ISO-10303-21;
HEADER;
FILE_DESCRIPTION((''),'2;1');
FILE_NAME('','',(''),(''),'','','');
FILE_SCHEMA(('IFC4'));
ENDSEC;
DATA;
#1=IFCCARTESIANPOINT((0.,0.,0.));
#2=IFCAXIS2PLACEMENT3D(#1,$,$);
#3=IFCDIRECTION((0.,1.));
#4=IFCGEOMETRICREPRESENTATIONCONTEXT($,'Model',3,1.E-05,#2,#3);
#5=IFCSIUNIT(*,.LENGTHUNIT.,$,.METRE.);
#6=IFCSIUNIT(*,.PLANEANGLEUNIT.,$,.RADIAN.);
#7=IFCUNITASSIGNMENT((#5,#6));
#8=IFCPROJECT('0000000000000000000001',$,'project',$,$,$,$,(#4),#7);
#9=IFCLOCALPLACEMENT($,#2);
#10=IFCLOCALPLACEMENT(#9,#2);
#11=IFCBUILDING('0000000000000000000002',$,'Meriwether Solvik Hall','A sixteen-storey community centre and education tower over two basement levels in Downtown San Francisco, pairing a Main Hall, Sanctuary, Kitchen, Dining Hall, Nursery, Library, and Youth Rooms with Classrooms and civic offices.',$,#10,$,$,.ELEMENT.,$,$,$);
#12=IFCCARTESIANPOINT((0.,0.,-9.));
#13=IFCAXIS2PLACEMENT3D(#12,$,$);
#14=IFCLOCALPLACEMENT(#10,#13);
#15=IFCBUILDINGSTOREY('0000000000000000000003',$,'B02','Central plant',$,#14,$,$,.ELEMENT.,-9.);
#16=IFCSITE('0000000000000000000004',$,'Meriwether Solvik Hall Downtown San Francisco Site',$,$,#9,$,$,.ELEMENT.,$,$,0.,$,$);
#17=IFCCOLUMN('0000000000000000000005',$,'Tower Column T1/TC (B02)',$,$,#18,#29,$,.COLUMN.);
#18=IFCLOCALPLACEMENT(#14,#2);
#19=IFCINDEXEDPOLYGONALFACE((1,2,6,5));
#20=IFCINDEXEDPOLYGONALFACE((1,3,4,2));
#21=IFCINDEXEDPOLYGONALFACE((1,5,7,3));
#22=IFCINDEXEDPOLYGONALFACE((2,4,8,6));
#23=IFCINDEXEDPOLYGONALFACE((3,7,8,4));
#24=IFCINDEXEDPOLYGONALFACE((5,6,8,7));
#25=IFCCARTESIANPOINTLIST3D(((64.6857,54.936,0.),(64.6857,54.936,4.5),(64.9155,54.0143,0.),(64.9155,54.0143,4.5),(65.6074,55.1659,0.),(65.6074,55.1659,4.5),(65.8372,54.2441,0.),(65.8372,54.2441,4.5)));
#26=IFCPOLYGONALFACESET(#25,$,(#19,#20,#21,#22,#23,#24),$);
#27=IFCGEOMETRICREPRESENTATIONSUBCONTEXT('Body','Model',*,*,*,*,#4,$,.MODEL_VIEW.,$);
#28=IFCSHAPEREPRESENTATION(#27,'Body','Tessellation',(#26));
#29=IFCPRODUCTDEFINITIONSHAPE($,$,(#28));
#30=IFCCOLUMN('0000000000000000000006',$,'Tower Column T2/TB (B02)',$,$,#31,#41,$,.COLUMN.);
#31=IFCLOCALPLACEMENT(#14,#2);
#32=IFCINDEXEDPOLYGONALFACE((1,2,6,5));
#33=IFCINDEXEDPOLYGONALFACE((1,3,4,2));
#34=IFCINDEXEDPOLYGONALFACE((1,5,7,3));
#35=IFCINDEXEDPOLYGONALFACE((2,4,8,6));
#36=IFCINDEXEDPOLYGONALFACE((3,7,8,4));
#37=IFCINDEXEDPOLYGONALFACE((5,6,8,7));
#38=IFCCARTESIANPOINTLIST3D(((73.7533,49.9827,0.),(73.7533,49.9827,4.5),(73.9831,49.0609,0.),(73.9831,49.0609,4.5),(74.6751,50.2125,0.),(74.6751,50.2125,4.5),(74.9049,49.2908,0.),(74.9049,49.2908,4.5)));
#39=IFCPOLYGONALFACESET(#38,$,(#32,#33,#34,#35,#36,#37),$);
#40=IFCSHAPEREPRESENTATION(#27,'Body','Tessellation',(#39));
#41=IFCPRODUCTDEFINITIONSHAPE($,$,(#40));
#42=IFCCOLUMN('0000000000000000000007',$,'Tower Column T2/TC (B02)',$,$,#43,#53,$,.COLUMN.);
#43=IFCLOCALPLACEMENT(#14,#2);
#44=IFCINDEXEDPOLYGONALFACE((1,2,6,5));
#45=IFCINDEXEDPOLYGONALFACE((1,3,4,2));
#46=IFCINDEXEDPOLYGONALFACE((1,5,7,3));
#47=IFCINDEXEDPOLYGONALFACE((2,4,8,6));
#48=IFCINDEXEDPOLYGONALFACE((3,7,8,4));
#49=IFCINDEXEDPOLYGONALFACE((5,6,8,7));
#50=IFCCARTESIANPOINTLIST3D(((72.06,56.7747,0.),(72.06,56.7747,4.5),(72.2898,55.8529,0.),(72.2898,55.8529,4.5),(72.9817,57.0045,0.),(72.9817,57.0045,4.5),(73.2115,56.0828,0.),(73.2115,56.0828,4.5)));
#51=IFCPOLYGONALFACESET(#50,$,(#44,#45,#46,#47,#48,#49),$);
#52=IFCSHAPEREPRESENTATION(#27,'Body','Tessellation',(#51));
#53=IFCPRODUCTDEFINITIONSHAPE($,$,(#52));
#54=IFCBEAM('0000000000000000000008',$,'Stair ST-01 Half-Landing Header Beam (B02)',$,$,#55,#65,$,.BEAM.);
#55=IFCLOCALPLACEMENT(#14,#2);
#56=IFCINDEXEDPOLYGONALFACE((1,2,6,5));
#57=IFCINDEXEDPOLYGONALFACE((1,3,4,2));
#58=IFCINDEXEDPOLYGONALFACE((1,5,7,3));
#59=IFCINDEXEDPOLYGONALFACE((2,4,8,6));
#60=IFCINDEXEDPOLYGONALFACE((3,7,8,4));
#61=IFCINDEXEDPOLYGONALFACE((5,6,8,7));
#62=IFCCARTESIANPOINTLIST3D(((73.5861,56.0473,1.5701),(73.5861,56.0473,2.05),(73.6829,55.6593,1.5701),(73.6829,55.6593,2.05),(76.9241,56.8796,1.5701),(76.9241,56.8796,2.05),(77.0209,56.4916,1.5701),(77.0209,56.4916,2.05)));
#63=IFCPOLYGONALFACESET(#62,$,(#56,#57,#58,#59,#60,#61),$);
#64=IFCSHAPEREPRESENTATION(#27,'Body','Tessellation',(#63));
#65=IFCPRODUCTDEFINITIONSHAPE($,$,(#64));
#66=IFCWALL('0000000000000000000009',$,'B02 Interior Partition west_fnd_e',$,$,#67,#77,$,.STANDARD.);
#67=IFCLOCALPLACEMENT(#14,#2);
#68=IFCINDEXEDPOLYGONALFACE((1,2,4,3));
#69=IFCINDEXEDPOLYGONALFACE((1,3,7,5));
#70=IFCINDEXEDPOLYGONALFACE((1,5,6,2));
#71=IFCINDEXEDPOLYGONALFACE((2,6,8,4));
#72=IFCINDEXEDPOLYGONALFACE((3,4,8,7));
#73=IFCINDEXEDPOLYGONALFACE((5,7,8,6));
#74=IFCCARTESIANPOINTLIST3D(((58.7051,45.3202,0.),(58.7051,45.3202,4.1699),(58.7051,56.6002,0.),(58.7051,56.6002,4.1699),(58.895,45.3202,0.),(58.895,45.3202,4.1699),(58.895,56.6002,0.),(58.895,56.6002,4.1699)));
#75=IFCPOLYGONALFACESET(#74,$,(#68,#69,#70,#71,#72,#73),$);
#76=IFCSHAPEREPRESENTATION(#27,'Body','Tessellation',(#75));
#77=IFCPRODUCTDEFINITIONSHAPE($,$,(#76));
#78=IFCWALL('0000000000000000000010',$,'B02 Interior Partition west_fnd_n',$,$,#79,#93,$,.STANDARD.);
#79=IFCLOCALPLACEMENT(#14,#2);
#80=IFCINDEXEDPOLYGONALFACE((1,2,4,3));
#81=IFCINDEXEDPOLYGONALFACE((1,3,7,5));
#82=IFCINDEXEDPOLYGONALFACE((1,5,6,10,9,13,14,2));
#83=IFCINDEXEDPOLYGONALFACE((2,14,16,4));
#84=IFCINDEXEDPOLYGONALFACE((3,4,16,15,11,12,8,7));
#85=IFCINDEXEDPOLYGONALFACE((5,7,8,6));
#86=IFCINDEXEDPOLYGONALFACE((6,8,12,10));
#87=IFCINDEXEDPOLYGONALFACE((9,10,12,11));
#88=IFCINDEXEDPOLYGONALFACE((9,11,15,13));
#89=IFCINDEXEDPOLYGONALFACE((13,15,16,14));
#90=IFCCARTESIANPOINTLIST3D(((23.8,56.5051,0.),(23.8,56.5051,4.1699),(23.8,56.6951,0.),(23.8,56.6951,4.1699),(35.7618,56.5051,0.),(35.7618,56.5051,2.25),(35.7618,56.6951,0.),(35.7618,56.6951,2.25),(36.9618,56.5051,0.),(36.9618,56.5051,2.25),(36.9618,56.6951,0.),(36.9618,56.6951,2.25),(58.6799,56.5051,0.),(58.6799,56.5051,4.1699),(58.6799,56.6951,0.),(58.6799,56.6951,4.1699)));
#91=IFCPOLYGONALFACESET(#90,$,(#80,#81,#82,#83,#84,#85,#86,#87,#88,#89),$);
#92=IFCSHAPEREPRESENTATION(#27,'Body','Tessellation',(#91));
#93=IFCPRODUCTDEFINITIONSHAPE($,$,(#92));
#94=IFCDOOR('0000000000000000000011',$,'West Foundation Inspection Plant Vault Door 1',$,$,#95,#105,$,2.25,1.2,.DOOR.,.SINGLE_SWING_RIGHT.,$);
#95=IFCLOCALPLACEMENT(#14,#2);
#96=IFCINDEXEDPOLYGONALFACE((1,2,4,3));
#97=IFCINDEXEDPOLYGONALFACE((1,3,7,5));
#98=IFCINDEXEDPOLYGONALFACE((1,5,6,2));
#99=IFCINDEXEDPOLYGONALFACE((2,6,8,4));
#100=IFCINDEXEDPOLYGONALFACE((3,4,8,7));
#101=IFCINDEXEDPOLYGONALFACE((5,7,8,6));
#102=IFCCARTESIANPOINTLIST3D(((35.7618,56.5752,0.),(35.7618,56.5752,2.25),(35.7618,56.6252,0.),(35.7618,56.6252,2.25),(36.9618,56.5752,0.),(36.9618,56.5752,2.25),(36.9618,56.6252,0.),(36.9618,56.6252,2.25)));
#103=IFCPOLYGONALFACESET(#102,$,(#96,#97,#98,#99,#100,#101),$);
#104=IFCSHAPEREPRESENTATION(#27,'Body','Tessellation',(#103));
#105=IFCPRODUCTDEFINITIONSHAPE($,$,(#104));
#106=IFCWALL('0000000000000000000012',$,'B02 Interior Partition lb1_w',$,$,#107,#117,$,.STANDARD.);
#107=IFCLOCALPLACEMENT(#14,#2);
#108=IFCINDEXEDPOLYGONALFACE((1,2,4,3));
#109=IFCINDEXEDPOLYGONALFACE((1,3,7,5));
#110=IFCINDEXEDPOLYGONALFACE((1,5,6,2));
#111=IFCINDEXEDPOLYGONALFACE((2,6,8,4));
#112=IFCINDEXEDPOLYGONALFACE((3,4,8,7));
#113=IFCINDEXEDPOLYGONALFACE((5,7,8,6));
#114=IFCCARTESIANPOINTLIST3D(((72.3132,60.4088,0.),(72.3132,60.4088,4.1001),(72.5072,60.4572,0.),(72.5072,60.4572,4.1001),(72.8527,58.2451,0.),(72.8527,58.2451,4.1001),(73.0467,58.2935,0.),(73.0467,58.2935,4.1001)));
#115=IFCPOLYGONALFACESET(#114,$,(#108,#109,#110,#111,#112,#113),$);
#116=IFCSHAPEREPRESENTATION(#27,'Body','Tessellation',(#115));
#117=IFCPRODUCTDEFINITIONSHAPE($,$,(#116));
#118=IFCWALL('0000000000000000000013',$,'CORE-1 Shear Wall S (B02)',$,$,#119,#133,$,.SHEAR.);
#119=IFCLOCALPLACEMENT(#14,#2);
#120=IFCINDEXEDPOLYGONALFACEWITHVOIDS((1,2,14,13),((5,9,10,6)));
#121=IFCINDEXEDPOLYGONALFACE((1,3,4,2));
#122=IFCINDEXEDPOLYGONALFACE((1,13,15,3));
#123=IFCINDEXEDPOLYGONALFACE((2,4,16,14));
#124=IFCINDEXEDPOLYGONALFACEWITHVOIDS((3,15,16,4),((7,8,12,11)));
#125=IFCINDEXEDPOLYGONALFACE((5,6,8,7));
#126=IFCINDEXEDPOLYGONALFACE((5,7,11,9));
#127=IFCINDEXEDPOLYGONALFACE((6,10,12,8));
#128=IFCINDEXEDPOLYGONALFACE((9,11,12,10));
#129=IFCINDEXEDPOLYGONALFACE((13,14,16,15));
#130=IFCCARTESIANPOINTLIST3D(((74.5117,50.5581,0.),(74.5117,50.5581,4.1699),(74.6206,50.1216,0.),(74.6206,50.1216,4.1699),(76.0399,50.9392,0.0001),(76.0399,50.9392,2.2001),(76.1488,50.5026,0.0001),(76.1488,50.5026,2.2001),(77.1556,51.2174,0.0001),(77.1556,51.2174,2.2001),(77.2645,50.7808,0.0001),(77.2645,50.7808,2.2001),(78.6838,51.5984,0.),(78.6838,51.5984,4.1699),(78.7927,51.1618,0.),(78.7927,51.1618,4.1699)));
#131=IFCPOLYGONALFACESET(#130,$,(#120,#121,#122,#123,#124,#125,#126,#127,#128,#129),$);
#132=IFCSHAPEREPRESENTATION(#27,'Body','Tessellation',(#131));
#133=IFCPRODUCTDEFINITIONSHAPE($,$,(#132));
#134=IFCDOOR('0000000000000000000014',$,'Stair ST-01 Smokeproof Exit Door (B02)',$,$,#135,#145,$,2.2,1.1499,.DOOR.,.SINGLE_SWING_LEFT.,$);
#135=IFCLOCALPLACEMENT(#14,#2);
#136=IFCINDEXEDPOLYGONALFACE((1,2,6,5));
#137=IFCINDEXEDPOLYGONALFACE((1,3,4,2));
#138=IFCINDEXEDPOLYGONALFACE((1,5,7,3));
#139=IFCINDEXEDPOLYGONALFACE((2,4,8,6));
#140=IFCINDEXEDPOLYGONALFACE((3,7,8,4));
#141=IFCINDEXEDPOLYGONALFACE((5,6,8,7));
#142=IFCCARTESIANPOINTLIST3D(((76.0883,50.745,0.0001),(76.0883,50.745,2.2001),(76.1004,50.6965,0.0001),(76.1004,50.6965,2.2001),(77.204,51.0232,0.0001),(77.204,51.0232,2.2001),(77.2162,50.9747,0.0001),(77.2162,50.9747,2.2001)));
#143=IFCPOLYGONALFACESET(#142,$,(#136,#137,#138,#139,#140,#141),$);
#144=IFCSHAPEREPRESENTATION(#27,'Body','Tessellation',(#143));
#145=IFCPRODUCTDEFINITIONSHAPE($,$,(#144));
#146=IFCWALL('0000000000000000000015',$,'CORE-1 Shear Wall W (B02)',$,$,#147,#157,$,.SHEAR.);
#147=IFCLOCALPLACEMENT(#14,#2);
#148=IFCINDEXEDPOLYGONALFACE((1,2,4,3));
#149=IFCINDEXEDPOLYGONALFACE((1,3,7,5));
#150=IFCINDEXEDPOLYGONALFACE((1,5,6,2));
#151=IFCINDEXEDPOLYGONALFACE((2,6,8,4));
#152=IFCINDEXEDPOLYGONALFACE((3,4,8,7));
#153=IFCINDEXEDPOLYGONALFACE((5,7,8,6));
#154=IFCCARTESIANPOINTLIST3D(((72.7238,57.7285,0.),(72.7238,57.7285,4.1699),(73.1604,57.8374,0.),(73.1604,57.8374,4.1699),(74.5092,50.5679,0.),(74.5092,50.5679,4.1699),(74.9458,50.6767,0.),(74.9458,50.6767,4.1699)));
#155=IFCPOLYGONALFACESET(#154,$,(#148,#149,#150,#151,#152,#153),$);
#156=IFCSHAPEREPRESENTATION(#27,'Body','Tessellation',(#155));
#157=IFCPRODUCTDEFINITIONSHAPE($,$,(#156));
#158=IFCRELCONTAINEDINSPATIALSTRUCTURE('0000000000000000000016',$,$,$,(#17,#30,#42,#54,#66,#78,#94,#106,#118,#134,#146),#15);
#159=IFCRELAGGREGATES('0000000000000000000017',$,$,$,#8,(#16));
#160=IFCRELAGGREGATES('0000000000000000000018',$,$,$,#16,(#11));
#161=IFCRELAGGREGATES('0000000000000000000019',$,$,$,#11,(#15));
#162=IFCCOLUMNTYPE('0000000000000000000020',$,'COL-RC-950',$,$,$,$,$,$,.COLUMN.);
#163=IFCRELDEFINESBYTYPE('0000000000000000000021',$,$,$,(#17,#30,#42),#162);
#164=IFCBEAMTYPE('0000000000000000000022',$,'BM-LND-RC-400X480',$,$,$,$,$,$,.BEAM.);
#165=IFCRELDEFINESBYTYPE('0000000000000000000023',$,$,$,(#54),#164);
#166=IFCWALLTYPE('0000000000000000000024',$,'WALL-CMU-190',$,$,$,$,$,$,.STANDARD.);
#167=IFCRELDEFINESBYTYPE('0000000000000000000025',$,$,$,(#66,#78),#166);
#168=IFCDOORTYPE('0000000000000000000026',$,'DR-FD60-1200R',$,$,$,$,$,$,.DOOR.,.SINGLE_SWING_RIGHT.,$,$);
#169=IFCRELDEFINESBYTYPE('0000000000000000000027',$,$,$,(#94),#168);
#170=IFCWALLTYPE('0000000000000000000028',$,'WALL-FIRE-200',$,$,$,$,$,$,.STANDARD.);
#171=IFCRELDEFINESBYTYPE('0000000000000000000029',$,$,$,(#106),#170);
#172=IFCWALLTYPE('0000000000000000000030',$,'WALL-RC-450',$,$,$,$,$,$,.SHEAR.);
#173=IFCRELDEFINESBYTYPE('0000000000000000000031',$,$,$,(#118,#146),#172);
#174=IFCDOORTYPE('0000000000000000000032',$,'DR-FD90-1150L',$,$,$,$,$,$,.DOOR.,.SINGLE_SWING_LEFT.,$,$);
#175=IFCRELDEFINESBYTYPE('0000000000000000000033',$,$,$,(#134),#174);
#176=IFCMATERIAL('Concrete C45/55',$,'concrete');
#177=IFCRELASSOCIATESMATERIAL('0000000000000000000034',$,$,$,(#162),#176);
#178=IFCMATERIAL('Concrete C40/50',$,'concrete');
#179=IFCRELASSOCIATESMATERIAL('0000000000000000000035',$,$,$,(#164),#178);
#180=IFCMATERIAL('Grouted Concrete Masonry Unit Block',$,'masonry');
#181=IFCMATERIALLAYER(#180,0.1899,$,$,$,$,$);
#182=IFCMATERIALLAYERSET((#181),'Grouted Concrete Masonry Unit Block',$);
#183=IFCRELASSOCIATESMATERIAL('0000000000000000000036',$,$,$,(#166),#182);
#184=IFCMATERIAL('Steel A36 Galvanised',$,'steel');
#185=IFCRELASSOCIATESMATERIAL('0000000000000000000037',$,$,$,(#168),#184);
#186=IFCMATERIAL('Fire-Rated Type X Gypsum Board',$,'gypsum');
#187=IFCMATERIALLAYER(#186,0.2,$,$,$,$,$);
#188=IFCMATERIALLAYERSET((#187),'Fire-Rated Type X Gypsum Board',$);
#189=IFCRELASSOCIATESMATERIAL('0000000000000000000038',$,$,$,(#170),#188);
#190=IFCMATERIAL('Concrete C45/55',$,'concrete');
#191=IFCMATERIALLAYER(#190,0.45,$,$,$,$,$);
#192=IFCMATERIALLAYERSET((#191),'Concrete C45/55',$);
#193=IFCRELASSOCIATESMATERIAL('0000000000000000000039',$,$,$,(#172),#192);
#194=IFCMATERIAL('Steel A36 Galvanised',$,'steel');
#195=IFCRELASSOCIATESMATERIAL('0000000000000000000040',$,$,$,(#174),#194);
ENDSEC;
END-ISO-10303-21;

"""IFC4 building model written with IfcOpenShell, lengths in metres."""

from ifc_helpers import new_model, si_unit, direction, frame, frame_2d, origin, origin_2d, place, context, subcontext, project, spatial, rectangle, extrude, material, layer, layer_set, material_profile, profile_set, type_object, element, fill, save


model = new_model("IFC4")

# Units and contexts
model_context = context("Model", 3, precision=1e-05, world=origin(), true_north=direction((0.0, 1.0)))
body_context = subcontext(model_context, "Body", "Model", "MODEL_VIEW")
ifc_project = project(units=[si_unit("LENGTHUNIT", "METRE"), si_unit("PLANEANGLEUNIT", "RADIAN")], contexts=[model_context])

# Site, building, storey
site_placement = place(None, origin())
site = spatial("IfcSite", under=ifc_project, at=site_placement, Name="Meriwether Solvik Hall Downtown San Francisco Site", CompositionType="ELEMENT", RefElevation=0.0)
building_placement = place(site_placement, origin())
building = spatial("IfcBuilding", under=site, at=building_placement, Name="Meriwether Solvik Hall", Description="A sixteen-storey community centre and education tower over two basement levels in Downtown San Francisco, pairing a Main Hall, Sanctuary, Kitchen, Dining Hall, Nursery, Library, and Youth Rooms with Classrooms and civic offices.", CompositionType="ELEMENT")
storey_placement = place(building_placement, frame((0.0, 0.0, -9.0)))
storey = spatial("IfcBuildingStorey", under=building, at=storey_placement, Name="B02", Description="Central plant", CompositionType="ELEMENT", Elevation=-9.0)

# Columns
ifc_material_1 = material(Name="Concrete C45/55", Category="concrete")
ifc_material_profile_1 = material_profile(ifc_material_1, rectangle(XDim=0.95, YDim=0.95, at=origin_2d()), Name="RCC-950X950")
ifc_profile_set_1 = profile_set([ifc_material_profile_1], Name="Concrete C45/55")
column_type_1 = type_object("IfcColumnType", Name="COL-RC-950", PredefinedType="COLUMN", material=ifc_profile_set_1)
for number, where, z_axis, x_axis, name in (
    (1, (65.2615, 54.5901, 0.0), (0.0, 0.0, 1.0), (0.970296, 0.241922, 0.0), "Tower Column T1/TC (B02)"),
    (2, (74.3291, 49.6367, 0.0), (0.0, 0.0, 1.0), (0.970296, 0.241922, 0.0), "Tower Column T2/TB (B02)"),
    (3, (72.6357, 56.4287, 0.0), (0.0, 0.0, 1.0), (0.970296, 0.241922, 0.0), "Tower Column T2/TC (B02)"),
):
    element("IfcColumn", number, at=place(storey_placement, frame(where, z_axis=z_axis, x_axis=x_axis)), inside=storey, type_object=column_type_1, Name=name, PredefinedType="COLUMN", context=body_context, shape_type="SweptSolid", body=[
        extrude(rectangle(XDim=0.95, YDim=0.95, at=origin_2d()), origin(), (0.0, 0.0, 1.0), 4.5),
    ])

# Beam
ifc_material_2 = material(Name="Concrete C40/50", Category="concrete")
ifc_material_profile_2 = material_profile(ifc_material_2, rectangle(XDim=0.3999, YDim=0.48, at=origin_2d()), Name="RCB-400X480")
ifc_profile_set_2 = profile_set([ifc_material_profile_2], Name="Concrete C40/50")
beam_type = type_object("IfcBeamType", Name="BM-LND-RC-400X480", PredefinedType="BEAM", material=ifc_profile_set_2)
beam_placement = place(storey_placement, frame((73.6345, 55.8533, 1.8101), z_axis=(0.970293, 0.241934, 0.0), x_axis=(-0.241934, 0.970293, 0.0)))
element("IfcBeam", 4, at=beam_placement, inside=storey, type_object=beam_type, Name="Stair ST-01 Half-Landing Header Beam (B02)", PredefinedType="BEAM", context=body_context, shape_type="SweptSolid", body=[
    extrude(rectangle(XDim=0.3999, YDim=0.48, at=origin_2d()), origin(), (0.0, 0.0, 1.0), 3.4402),
])

# Wall
ifc_material_3 = material(Name="Grouted Concrete Masonry Unit Block", Category="masonry")
ifc_layer_1 = layer(ifc_material_3, 0.1899)
ifc_layer_set_1 = layer_set([ifc_layer_1], Name="Grouted Concrete Masonry Unit Block")
wall_type_1 = type_object("IfcWallType", Name="WALL-CMU-190", PredefinedType="STANDARD", material=ifc_layer_set_1)
wall_1_placement = place(storey_placement, frame((58.8, 45.3201, 0.0), z_axis=(0.0, 0.0, 1.0), x_axis=(0.0, 1.0, 0.0)))
element("IfcWall", 5, at=wall_1_placement, inside=storey, type_object=wall_type_1, Name="B02 Interior Partition west_fnd_e", PredefinedType="STANDARD", context=body_context, shape_type="SweptSolid", body=[
    extrude(rectangle(XDim=11.28, YDim=0.1899, at=frame_2d((5.6401, 0.0))), origin(), (0.0, 0.0, 1.0), 4.1699),
])

# Wall, opening, door
wall_2_placement = place(storey_placement, frame((58.6799, 56.6001, 0.0), z_axis=(0.0, 0.0, 1.0), x_axis=(-1.0, 0.0, 0.0)))
wall_2 = element("IfcWall", 6, at=wall_2_placement, inside=storey, type_object=wall_type_1, Name="B02 Interior Partition west_fnd_n", PredefinedType="STANDARD", context=body_context, shape_type="SweptSolid", body=[
    extrude(rectangle(XDim=34.8799, YDim=0.1899, at=frame_2d((17.4399, 0.0))), origin(), (0.0, 0.0, 1.0), 4.1699),
])
opening_1_placement = place(wall_2_placement, frame((21.718, 0.0, 0.0)))
opening_1 = element("IfcOpeningElement", 7, at=opening_1_placement, cuts=wall_2, PredefinedType="OPENING", context=body_context, shape_type="SweptSolid", body=[
    extrude(rectangle(XDim=1.2, YDim=2.25, at=frame_2d((0.6001, 1.125))), frame((0.0, 0.1069, 0.0), z_axis=(0.0, -1.0, 0.0), x_axis=(1.0, 0.0, 0.0)), (0.0, 0.0, 1.0), 0.2139),
])
ifc_material_4 = material(Name="Steel A36 Galvanised", Category="steel")
door_type_1 = type_object("IfcDoorType", Name="DR-FD60-1200R", OperationType="SINGLE_SWING_RIGHT", PredefinedType="DOOR", material=ifc_material_4)
door_1_placement = place(opening_1_placement, origin())
door_1 = element("IfcDoor", 8, at=door_1_placement, inside=storey, type_object=door_type_1, Name="West Foundation Inspection Plant Vault Door 1", OperationType="SINGLE_SWING_RIGHT", OverallHeight=2.25, OverallWidth=1.2, PredefinedType="DOOR", context=body_context, shape_type="SweptSolid", body=[
    extrude(rectangle(XDim=1.2, YDim=2.25, at=frame_2d((0.6001, 1.125))), frame((0.0, 0.0249, 0.0), z_axis=(0.0, -1.0, 0.0), x_axis=(1.0, 0.0, 0.0)), (0.0, 0.0, 1.0), 0.05),
])
fill(opening_1, door_1)

# Wall
ifc_material_5 = material(Name="Fire-Rated Type X Gypsum Board", Category="gypsum")
ifc_layer_2 = layer(ifc_material_5, 0.2)
ifc_layer_set_2 = layer_set([ifc_layer_2], Name="Fire-Rated Type X Gypsum Board")
wall_type_2 = type_object("IfcWallType", Name="WALL-FIRE-200", PredefinedType="STANDARD", material=ifc_layer_set_2)
wall_3_placement = place(storey_placement, frame((72.9497, 58.2693, 0.0), z_axis=(0.0, 0.0, 1.0), x_axis=(-0.241943, 0.97029, 0.0)))
element("IfcWall", 9, at=wall_3_placement, inside=storey, type_object=wall_type_2, Name="B02 Interior Partition lb1_w", PredefinedType="STANDARD", context=body_context, shape_type="SweptSolid", body=[
    extrude(rectangle(XDim=2.23, YDim=0.2, at=frame_2d((1.115, 0.0))), origin(), (0.0, 0.0, 1.0), 4.1001),
])

# Wall, opening, door
ifc_material_6 = material(Name="Concrete C45/55", Category="concrete")
ifc_layer_3 = layer(ifc_material_6, 0.45)
ifc_layer_set_3 = layer_set([ifc_layer_3], Name="Concrete C45/55")
wall_type_3 = type_object("IfcWallType", Name="WALL-RC-450", PredefinedType="SHEAR", material=ifc_layer_set_3)
wall_4_placement = place(storey_placement, frame((74.5662, 50.3398, 0.0), z_axis=(0.0, 0.0, 1.0), x_axis=(0.970293, 0.241934, 0.0)))
wall_4 = element("IfcWall", 10, at=wall_4_placement, inside=storey, type_object=wall_type_3, Name="CORE-1 Shear Wall S (B02)", PredefinedType="SHEAR", context=body_context, shape_type="SweptSolid", body=[
    extrude(rectangle(XDim=4.2998, YDim=0.45, at=frame_2d((2.1499, 0.0))), origin(), (0.0, 0.0, 1.0), 4.1699),
])
opening_2_placement = place(wall_4_placement, frame((1.575, 0.0, 0.0)))
opening_2 = element("IfcOpeningElement", 11, at=opening_2_placement, cuts=wall_4, PredefinedType="OPENING", context=body_context, shape_type="SweptSolid", body=[
    extrude(rectangle(XDim=1.1499, YDim=2.2, at=frame_2d((0.575, 1.1001))), frame((0.0, 0.2368, 0.0), z_axis=(0.0, -1.0, 0.0), x_axis=(1.0, 0.0, 0.0)), (0.0, 0.0, 1.0), 0.4739),
])
ifc_material_7 = material(Name="Steel A36 Galvanised", Category="steel")
door_type_2 = type_object("IfcDoorType", Name="DR-FD90-1150L", OperationType="SINGLE_SWING_LEFT", PredefinedType="DOOR", material=ifc_material_7)
door_2_placement = place(opening_2_placement, origin())
door_2 = element("IfcDoor", 12, at=door_2_placement, inside=storey, type_object=door_type_2, Name="Stair ST-01 Smokeproof Exit Door (B02)", OperationType="SINGLE_SWING_LEFT", OverallHeight=2.2, OverallWidth=1.1499, PredefinedType="DOOR", context=body_context, shape_type="SweptSolid", body=[
    extrude(rectangle(XDim=1.1499, YDim=2.2, at=frame_2d((0.575, 1.1001))), frame((0.0, 0.0249, 0.0), z_axis=(0.0, -1.0, 0.0), x_axis=(1.0, 0.0, 0.0)), (0.0, 0.0, 1.0), 0.05),
])
fill(opening_2, door_2)

# Wall
wall_5_placement = place(storey_placement, frame((72.9421, 57.783, 0.0), z_axis=(0.0, 0.0, 1.0), x_axis=(0.241928, -0.970294, 0.0)))
element("IfcWall", 13, at=wall_5_placement, inside=storey, type_object=wall_type_3, Name="CORE-1 Shear Wall W (B02)", PredefinedType="SHEAR", context=body_context, shape_type="SweptSolid", body=[
    extrude(rectangle(XDim=7.3799, YDim=0.45, at=frame_2d((3.6899, 0.0))), origin(), (0.0, 0.0, 1.0), 4.1699),
])

save(model, "model.ifc")
